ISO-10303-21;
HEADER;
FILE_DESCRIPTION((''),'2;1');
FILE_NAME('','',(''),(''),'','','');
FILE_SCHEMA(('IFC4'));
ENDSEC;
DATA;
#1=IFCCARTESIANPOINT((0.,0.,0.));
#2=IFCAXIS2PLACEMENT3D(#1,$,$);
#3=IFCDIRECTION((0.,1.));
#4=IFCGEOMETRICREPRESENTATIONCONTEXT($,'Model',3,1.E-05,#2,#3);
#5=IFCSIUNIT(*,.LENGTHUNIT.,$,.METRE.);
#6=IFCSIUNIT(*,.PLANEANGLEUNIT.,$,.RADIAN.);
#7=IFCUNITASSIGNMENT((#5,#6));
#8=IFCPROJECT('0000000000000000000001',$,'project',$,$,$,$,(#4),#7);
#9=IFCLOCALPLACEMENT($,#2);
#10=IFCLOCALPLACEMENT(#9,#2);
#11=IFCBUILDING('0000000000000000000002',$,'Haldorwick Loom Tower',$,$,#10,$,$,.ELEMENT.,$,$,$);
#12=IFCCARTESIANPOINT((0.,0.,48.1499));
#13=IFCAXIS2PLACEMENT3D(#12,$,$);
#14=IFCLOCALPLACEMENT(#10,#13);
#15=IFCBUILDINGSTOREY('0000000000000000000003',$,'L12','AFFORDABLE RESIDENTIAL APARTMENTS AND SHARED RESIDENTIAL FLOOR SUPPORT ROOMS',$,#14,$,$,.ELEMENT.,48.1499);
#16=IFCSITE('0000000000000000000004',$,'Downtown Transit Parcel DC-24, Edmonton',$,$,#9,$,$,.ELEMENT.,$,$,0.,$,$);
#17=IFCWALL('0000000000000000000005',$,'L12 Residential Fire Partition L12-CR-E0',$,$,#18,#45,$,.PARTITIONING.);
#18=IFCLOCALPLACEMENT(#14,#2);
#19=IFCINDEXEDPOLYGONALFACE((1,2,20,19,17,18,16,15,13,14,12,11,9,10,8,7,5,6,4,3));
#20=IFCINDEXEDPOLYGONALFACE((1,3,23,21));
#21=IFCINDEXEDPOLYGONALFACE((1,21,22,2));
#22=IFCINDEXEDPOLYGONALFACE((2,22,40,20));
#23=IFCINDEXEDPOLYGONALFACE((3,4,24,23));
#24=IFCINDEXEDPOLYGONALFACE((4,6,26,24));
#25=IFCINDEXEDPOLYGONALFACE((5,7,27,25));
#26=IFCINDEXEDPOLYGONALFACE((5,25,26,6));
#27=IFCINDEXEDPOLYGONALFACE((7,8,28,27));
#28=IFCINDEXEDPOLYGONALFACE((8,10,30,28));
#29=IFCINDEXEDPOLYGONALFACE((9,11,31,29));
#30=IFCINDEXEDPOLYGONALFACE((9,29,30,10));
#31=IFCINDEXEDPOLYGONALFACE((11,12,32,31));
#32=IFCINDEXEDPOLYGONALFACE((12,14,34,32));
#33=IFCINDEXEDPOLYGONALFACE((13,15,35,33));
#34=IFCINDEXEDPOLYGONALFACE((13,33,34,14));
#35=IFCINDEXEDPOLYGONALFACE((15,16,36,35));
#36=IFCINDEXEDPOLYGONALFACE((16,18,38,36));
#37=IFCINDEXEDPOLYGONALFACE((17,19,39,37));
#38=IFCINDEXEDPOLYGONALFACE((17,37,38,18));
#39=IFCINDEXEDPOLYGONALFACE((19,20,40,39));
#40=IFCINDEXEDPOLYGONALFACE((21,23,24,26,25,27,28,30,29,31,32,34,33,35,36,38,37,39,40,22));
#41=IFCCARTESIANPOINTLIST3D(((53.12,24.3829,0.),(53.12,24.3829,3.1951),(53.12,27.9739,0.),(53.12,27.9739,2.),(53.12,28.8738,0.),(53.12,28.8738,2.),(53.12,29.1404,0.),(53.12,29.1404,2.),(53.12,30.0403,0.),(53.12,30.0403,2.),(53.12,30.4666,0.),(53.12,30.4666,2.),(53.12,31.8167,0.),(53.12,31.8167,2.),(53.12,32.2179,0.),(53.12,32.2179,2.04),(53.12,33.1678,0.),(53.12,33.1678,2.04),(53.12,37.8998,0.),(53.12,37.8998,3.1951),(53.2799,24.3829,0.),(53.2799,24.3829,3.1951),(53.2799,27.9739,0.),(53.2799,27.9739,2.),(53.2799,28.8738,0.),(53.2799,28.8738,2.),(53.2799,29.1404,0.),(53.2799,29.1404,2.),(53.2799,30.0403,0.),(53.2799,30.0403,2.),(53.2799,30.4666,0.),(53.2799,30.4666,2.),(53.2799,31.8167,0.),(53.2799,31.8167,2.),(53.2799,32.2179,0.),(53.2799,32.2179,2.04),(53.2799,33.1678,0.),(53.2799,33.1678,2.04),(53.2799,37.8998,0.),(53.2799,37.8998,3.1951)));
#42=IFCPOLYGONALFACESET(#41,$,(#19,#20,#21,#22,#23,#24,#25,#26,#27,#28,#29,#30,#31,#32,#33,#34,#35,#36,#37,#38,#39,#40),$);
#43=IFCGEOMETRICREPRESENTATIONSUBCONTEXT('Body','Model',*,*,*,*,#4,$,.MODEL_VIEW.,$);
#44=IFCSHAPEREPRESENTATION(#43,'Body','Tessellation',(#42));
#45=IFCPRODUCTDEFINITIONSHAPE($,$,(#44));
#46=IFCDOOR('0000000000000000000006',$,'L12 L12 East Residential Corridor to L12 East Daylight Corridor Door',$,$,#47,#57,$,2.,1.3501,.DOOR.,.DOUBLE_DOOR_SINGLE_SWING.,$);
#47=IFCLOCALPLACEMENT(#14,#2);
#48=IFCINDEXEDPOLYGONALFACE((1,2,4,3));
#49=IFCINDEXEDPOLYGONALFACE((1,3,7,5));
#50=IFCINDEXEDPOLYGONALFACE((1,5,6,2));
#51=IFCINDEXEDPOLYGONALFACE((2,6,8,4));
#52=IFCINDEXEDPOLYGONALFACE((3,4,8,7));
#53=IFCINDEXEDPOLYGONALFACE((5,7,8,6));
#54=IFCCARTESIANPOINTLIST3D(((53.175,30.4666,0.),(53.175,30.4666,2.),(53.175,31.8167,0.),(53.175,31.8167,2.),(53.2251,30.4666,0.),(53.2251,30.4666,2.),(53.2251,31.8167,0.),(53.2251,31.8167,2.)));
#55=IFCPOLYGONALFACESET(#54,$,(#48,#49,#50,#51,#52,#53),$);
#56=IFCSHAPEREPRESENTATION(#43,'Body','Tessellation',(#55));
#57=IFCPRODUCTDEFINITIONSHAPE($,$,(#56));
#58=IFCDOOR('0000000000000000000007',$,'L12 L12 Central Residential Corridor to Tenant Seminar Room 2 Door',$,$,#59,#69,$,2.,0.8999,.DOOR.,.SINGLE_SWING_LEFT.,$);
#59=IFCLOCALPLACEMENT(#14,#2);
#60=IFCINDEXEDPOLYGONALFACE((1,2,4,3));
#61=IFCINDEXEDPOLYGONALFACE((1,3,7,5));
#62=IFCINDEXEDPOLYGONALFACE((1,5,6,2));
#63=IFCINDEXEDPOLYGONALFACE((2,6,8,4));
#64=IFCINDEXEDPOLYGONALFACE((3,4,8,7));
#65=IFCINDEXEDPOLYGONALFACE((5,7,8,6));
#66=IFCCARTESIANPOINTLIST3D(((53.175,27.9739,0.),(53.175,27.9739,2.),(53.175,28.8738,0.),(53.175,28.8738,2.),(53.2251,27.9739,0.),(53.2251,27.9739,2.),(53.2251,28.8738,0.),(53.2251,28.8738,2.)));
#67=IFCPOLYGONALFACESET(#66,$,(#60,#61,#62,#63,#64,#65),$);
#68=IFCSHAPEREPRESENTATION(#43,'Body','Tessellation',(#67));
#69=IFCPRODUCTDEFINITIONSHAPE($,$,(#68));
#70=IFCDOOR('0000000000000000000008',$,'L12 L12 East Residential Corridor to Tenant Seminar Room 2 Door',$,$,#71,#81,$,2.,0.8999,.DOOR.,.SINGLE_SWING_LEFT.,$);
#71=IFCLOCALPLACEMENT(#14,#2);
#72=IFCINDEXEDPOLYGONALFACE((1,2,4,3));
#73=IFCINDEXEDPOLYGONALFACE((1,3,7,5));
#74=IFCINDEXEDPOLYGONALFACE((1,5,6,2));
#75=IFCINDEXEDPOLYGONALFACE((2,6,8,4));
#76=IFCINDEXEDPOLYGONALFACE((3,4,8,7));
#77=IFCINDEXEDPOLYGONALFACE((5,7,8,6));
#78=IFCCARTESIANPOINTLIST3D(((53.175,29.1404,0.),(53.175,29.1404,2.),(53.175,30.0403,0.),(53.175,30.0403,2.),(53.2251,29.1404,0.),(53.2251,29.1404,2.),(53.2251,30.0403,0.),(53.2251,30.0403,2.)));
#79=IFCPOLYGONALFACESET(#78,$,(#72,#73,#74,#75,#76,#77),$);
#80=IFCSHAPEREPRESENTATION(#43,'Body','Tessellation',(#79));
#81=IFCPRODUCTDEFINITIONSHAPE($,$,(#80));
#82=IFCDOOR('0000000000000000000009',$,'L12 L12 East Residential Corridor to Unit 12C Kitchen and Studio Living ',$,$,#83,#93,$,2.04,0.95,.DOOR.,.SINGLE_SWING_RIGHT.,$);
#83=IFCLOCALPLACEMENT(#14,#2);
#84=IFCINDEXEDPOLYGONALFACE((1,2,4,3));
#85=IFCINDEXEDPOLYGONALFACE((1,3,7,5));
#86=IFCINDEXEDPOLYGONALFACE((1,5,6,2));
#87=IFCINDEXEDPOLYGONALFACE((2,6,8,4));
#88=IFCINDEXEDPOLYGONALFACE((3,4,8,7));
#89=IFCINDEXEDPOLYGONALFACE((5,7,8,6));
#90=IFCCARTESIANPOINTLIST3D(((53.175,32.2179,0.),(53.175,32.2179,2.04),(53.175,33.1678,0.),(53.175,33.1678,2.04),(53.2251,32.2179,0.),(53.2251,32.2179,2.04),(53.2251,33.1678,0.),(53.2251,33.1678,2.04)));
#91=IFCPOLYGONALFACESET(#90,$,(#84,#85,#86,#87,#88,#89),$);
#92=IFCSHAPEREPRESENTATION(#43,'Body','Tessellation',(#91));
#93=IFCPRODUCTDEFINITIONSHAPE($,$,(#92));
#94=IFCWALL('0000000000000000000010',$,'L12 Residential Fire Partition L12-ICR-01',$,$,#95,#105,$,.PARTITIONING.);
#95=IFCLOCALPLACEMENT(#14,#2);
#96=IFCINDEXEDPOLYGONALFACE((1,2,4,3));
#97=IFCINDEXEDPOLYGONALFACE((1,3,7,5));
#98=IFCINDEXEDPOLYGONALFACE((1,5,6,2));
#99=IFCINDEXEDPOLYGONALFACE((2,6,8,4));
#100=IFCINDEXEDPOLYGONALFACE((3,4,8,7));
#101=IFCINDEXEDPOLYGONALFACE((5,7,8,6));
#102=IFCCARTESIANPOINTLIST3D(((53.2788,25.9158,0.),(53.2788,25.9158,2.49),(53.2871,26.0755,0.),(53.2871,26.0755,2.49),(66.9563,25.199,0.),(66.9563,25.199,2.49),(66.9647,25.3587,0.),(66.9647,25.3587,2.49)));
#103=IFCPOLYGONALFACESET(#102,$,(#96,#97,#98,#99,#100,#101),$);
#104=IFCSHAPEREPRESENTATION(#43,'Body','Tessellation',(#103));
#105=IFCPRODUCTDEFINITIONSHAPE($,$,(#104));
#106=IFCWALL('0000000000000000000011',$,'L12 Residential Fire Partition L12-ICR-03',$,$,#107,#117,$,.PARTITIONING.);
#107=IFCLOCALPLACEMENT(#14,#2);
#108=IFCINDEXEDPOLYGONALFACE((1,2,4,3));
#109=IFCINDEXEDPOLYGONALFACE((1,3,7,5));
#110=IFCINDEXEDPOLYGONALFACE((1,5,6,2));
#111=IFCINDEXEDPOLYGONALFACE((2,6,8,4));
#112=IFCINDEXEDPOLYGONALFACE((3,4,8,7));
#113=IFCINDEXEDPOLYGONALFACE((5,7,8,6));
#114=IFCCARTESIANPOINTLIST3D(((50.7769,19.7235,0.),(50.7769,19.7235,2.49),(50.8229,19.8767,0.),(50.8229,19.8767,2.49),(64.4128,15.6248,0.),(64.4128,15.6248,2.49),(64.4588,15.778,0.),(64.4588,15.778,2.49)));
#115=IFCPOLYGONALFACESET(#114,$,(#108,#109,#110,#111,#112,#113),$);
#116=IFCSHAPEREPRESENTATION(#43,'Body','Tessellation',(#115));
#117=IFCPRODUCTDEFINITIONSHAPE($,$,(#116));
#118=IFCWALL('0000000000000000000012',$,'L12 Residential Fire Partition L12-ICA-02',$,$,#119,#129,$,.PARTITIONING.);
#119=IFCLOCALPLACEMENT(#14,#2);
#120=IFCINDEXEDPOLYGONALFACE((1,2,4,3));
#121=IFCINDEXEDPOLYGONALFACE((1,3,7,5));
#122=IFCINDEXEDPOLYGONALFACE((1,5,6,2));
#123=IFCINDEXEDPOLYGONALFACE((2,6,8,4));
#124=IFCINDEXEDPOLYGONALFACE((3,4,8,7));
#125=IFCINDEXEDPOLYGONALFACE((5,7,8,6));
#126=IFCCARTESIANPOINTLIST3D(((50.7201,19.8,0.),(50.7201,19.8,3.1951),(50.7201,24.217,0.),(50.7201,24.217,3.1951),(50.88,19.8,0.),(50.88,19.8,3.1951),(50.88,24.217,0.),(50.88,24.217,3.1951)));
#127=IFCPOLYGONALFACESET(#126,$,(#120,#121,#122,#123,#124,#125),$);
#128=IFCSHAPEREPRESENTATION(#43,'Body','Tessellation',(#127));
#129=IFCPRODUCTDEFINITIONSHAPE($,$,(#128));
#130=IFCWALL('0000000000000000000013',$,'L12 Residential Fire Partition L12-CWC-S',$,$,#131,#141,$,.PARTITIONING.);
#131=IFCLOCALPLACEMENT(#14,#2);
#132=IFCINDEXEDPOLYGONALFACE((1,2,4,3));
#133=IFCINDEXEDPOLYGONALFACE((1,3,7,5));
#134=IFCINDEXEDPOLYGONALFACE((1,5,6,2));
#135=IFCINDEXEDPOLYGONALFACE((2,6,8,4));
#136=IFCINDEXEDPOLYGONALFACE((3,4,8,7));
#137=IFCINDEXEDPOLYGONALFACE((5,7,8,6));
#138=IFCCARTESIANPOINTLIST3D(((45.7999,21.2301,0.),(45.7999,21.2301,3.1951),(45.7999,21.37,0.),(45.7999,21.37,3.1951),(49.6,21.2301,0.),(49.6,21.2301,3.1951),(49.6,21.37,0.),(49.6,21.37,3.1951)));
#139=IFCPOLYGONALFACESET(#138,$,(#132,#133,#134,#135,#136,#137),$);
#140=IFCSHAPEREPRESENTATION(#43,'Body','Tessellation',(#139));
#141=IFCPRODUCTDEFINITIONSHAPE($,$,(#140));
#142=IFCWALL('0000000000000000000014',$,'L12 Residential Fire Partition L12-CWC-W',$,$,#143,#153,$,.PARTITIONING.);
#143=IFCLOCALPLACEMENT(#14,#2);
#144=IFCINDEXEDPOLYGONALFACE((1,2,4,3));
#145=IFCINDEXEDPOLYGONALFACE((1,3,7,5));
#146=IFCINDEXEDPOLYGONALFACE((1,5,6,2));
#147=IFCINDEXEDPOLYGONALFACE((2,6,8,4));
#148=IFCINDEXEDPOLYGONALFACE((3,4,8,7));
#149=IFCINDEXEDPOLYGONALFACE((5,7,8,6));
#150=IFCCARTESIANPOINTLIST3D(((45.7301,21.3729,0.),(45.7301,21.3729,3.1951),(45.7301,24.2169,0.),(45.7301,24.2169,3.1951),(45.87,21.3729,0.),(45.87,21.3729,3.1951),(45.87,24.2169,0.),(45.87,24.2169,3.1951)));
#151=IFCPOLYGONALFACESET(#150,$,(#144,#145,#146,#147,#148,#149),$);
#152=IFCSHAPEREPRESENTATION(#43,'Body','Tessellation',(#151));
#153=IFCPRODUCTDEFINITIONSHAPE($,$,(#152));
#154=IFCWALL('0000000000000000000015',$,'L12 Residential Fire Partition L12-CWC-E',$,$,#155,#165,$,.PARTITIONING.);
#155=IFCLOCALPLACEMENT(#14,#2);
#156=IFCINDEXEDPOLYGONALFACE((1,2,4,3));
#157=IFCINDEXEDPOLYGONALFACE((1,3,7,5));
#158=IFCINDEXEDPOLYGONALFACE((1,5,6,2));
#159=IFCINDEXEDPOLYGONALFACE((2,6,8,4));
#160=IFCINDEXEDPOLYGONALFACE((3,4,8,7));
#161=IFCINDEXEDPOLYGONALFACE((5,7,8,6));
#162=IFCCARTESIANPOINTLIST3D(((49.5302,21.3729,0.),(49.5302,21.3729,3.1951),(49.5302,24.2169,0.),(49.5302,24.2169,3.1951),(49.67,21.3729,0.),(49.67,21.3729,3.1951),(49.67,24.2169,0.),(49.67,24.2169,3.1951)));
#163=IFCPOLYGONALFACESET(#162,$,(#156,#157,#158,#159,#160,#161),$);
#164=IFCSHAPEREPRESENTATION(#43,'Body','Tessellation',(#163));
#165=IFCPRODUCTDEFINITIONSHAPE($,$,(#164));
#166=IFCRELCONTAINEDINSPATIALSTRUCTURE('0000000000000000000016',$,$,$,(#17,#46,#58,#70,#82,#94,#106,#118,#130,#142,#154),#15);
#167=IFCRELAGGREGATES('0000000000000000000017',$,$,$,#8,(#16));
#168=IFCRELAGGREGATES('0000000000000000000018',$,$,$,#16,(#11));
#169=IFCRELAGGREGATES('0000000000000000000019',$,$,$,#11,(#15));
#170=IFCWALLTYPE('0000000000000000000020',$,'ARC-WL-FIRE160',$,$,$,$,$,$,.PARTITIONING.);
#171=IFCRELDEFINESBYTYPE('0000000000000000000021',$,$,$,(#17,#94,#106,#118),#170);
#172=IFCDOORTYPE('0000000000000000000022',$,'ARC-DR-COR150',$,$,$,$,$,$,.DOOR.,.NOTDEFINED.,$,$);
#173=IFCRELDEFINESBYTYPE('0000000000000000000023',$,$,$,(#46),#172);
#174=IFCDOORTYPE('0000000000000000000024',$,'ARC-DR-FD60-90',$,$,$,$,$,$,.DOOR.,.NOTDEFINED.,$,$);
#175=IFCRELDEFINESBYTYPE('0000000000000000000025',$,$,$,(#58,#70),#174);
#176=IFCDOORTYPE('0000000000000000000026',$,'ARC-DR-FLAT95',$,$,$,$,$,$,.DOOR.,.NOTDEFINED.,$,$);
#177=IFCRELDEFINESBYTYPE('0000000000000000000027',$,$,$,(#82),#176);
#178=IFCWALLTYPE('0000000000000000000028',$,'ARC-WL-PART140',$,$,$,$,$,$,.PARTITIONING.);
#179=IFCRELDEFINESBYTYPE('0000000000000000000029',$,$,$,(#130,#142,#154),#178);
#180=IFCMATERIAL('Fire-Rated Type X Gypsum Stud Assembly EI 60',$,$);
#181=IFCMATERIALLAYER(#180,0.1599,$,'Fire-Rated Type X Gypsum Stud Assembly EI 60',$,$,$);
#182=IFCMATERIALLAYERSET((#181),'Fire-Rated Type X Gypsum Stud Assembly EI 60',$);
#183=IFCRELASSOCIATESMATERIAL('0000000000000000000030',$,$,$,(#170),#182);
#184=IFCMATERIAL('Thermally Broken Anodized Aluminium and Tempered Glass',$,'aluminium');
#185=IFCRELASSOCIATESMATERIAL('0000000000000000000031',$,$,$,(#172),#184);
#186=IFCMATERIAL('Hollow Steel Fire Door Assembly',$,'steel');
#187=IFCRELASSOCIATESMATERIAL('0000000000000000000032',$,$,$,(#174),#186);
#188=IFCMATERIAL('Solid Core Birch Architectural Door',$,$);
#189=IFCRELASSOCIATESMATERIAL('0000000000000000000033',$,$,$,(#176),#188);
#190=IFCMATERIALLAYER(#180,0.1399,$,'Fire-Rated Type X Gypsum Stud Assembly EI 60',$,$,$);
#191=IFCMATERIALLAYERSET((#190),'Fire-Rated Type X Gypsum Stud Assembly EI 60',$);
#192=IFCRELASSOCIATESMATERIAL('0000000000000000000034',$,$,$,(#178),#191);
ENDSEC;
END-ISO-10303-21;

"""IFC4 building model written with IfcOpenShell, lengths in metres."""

from ifc_helpers import new_model, si_unit, direction, frame, frame_2d, origin, place, context, subcontext, project, spatial, rectangle, extrude, material, layer, layer_set, type_object, element, fill, save


model = new_model("IFC4")

# Units and contexts
model_context = context("Model", 3, precision=1e-05, world=origin(), true_north=direction((0.0, 1.0)))
body_context = subcontext(model_context, "Body", "Model", "MODEL_VIEW")
ifc_project = project(units=[si_unit("LENGTHUNIT", "METRE"), si_unit("PLANEANGLEUNIT", "RADIAN")], contexts=[model_context])

# Site, building, storey
site_placement = place(None, origin())
site = spatial("IfcSite", under=ifc_project, at=site_placement, Name="Downtown Transit Parcel DC-24, Edmonton", CompositionType="ELEMENT", RefElevation=0.0)
building_placement = place(site_placement, origin())
building = spatial("IfcBuilding", under=site, at=building_placement, Name="Haldorwick Loom Tower", CompositionType="ELEMENT")
storey_placement = place(building_placement, frame((0.0, 0.0, 48.1499)))
storey = spatial("IfcBuildingStorey", under=building, at=storey_placement, Name="L12", Description="AFFORDABLE RESIDENTIAL APARTMENTS AND SHARED RESIDENTIAL FLOOR SUPPORT ROOMS", CompositionType="ELEMENT", Elevation=48.1499)

# Wall, openings, doors
ifc_material_1 = material(Name="Fire-Rated Type X Gypsum Stud Assembly EI 60")
ifc_layer_1 = layer(ifc_material_1, 0.1599, Name="Fire-Rated Type X Gypsum Stud Assembly EI 60")
ifc_layer_set_1 = layer_set([ifc_layer_1], Name="Fire-Rated Type X Gypsum Stud Assembly EI 60")
wall_type_1 = type_object("IfcWallType", Name="ARC-WL-FIRE160", PredefinedType="PARTITIONING", material=ifc_layer_set_1)
wall_1_placement = place(storey_placement, frame((53.2, 24.3831, 0.0), z_axis=(0.0, 0.0, 1.0), x_axis=(0.0, 1.0, 0.0)))
wall_1 = element("IfcWall", 1, at=wall_1_placement, inside=storey, type_object=wall_type_1, Name="L12 Residential Fire Partition L12-CR-E0", PredefinedType="PARTITIONING", context=body_context, shape_type="SweptSolid", body=[
    extrude(rectangle(XDim=13.5168, YDim=0.1599, at=frame_2d((6.7583, 0.0))), origin(), (0.0, 0.0, 1.0), 3.1951),
])
opening_1_placement = place(wall_1_placement, frame((6.0835, 0.0, 0.0)))
opening_1 = element("IfcOpeningElement", 2, at=opening_1_placement, cuts=wall_1, PredefinedType="OPENING", context=body_context, shape_type="SweptSolid", body=[
    extrude(rectangle(XDim=1.3501, YDim=2.0, at=frame_2d((0.675, 1.0))), frame((0.0, 0.0898, 0.0), z_axis=(0.0, -1.0, 0.0), x_axis=(1.0, 0.0, 0.0)), (0.0, 0.0, 1.0), 0.1799),
])
opening_2_placement = place(wall_1_placement, frame((3.5908, 0.0, 0.0)))
opening_2 = element("IfcOpeningElement", 3, at=opening_2_placement, cuts=wall_1, PredefinedType="OPENING", context=body_context, shape_type="SweptSolid", body=[
    extrude(rectangle(XDim=0.8999, YDim=2.0, at=frame_2d((0.45, 1.0))), frame((0.0, 0.0898, 0.0), z_axis=(0.0, -1.0, 0.0), x_axis=(1.0, 0.0, 0.0)), (0.0, 0.0, 1.0), 0.1799),
])
opening_3_placement = place(wall_1_placement, frame((4.7573, 0.0, 0.0)))
opening_3 = element("IfcOpeningElement", 4, at=opening_3_placement, cuts=wall_1, PredefinedType="OPENING", context=body_context, shape_type="SweptSolid", body=[
    extrude(rectangle(XDim=0.8999, YDim=2.0, at=frame_2d((0.45, 1.0))), frame((0.0, 0.0898, 0.0), z_axis=(0.0, -1.0, 0.0), x_axis=(1.0, 0.0, 0.0)), (0.0, 0.0, 1.0), 0.1799),
])
opening_4_placement = place(wall_1_placement, frame((7.8347, 0.0, 0.0)))
opening_4 = element("IfcOpeningElement", 5, at=opening_4_placement, cuts=wall_1, PredefinedType="OPENING", context=body_context, shape_type="SweptSolid", body=[
    extrude(rectangle(XDim=0.95, YDim=2.04, at=frame_2d((0.4751, 1.02))), frame((0.0, 0.0898, 0.0), z_axis=(0.0, -1.0, 0.0), x_axis=(1.0, 0.0, 0.0)), (0.0, 0.0, 1.0), 0.1799),
])
ifc_material_2 = material(Name="Thermally Broken Anodized Aluminium and Tempered Glass", Category="aluminium")
door_type_1 = type_object("IfcDoorType", Name="ARC-DR-COR150", OperationType="NOTDEFINED", PredefinedType="DOOR", material=ifc_material_2)
door_1_placement = place(opening_1_placement, origin())
door_1 = element("IfcDoor", 6, at=door_1_placement, inside=storey, type_object=door_type_1, Name="L12 L12 East Residential Corridor to L12 East Daylight Corridor Door", OperationType="DOUBLE_DOOR_SINGLE_SWING", OverallHeight=2.0, OverallWidth=1.3501, PredefinedType="DOOR", context=body_context, shape_type="SweptSolid", body=[
    extrude(rectangle(XDim=1.3501, YDim=2.0, at=frame_2d((0.675, 1.0))), frame((0.0, 0.0249, 0.0), z_axis=(0.0, -1.0, 0.0), x_axis=(1.0, 0.0, 0.0)), (0.0, 0.0, 1.0), 0.05),
])
fill(opening_1, door_1)
ifc_material_3 = material(Name="Hollow Steel Fire Door Assembly", Category="steel")
door_type_2 = type_object("IfcDoorType", Name="ARC-DR-FD60-90", OperationType="NOTDEFINED", PredefinedType="DOOR", material=ifc_material_3)
door_2_placement = place(opening_2_placement, origin())
door_2 = element("IfcDoor", 7, at=door_2_placement, inside=storey, type_object=door_type_2, Name="L12 L12 Central Residential Corridor to Tenant Seminar Room 2 Door", OperationType="SINGLE_SWING_LEFT", OverallHeight=2.0, OverallWidth=0.8999, PredefinedType="DOOR", context=body_context, shape_type="SweptSolid", body=[
    extrude(rectangle(XDim=0.8999, YDim=2.0, at=frame_2d((0.45, 1.0))), frame((0.0, 0.0249, 0.0), z_axis=(0.0, -1.0, 0.0), x_axis=(1.0, 0.0, 0.0)), (0.0, 0.0, 1.0), 0.05),
])
fill(opening_2, door_2)
door_3_placement = place(opening_3_placement, origin())
door_3 = element("IfcDoor", 8, at=door_3_placement, inside=storey, type_object=door_type_2, Name="L12 L12 East Residential Corridor to Tenant Seminar Room 2 Door", OperationType="SINGLE_SWING_LEFT", OverallHeight=2.0, OverallWidth=0.8999, PredefinedType="DOOR", context=body_context, shape_type="SweptSolid", body=[
    extrude(rectangle(XDim=0.8999, YDim=2.0, at=frame_2d((0.45, 1.0))), frame((0.0, 0.0249, 0.0), z_axis=(0.0, -1.0, 0.0), x_axis=(1.0, 0.0, 0.0)), (0.0, 0.0, 1.0), 0.05),
])
fill(opening_3, door_3)
ifc_material_4 = material(Name="Solid Core Birch Architectural Door")
door_type_3 = type_object("IfcDoorType", Name="ARC-DR-FLAT95", OperationType="NOTDEFINED", PredefinedType="DOOR", material=ifc_material_4)
door_4_placement = place(opening_4_placement, origin())
door_4 = element("IfcDoor", 9, at=door_4_placement, inside=storey, type_object=door_type_3, Name="L12 L12 East Residential Corridor to Unit 12C Kitchen and Studio Living ", OperationType="SINGLE_SWING_RIGHT", OverallHeight=2.04, OverallWidth=0.95, PredefinedType="DOOR", context=body_context, shape_type="SweptSolid", body=[
    extrude(rectangle(XDim=0.95, YDim=2.04, at=frame_2d((0.4751, 1.02))), frame((0.0, 0.0249, 0.0), z_axis=(0.0, -1.0, 0.0), x_axis=(1.0, 0.0, 0.0)), (0.0, 0.0, 1.0), 0.05),
])
fill(opening_4, door_4)

# Walls
wall_2_placement = place(storey_placement, frame((53.283, 25.9956, 0.0), z_axis=(0.0, 0.0, 1.0), x_axis=(0.99863, -0.052335, 0.0)))
element("IfcWall", 10, at=wall_2_placement, inside=storey, type_object=wall_type_1, Name="L12 Residential Fire Partition L12-ICR-01", PredefinedType="PARTITIONING", context=body_context, shape_type="SweptSolid", body=[
    extrude(rectangle(XDim=13.6963, YDim=0.1599, at=frame_2d((6.8481, 0.0))), origin(), (0.0, 0.0, 1.0), 2.49),
])
wall_3_placement = place(storey_placement, frame((50.8, 19.8, 0.0), z_axis=(0.0, 0.0, 1.0), x_axis=(0.957673, -0.287858, 0.0)))
element("IfcWall", 11, at=wall_3_placement, inside=storey, type_object=wall_type_1, Name="L12 Residential Fire Partition L12-ICR-03", PredefinedType="PARTITIONING", context=body_context, shape_type="SweptSolid", body=[
    extrude(rectangle(XDim=14.2385, YDim=0.1599, at=frame_2d((7.1191, 0.0))), origin(), (0.0, 0.0, 1.0), 2.49),
])
wall_4_placement = place(storey_placement, frame((50.8, 24.217, 0.0), z_axis=(0.0, 0.0, 1.0), x_axis=(0.0, -1.0, 0.0)))
element("IfcWall", 12, at=wall_4_placement, inside=storey, type_object=wall_type_1, Name="L12 Residential Fire Partition L12-ICA-02", PredefinedType="PARTITIONING", context=body_context, shape_type="SweptSolid", body=[
    extrude(rectangle(XDim=4.417, YDim=0.1599, at=frame_2d((2.2085, 0.0))), origin(), (0.0, 0.0, 1.0), 3.1951),
])
ifc_layer_2 = layer(ifc_material_1, 0.1399, Name="Fire-Rated Type X Gypsum Stud Assembly EI 60")
ifc_layer_set_2 = layer_set([ifc_layer_2], Name="Fire-Rated Type X Gypsum Stud Assembly EI 60")
wall_type_2 = type_object("IfcWallType", Name="ARC-WL-PART140", PredefinedType="PARTITIONING", material=ifc_layer_set_2)
wall_5_placement = place(storey_placement, frame((45.8, 21.3, 0.0), z_axis=(0.0, 0.0, 1.0), x_axis=(1.0, 0.0, 0.0)))
element("IfcWall", 13, at=wall_5_placement, inside=storey, type_object=wall_type_2, Name="L12 Residential Fire Partition L12-CWC-S", PredefinedType="PARTITIONING", context=body_context, shape_type="SweptSolid", body=[
    extrude(rectangle(XDim=3.8, YDim=0.1399, at=frame_2d((1.8999, 0.0))), origin(), (0.0, 0.0, 1.0), 3.1951),
])
for number, where, z_axis, x_axis, name in (
    (14, (45.8, 21.373, 0.0), (0.0, 0.0, 1.0), (0.0, 1.0, 0.0), "L12 Residential Fire Partition L12-CWC-W"),
    (15, (49.6001, 21.373, 0.0), (0.0, 0.0, 1.0), (0.0, 1.0, 0.0), "L12 Residential Fire Partition L12-CWC-E"),
):
    element("IfcWall", number, at=place(storey_placement, frame(where, z_axis=z_axis, x_axis=x_axis)), inside=storey, type_object=wall_type_2, Name=name, PredefinedType="PARTITIONING", context=body_context, shape_type="SweptSolid", body=[
        extrude(rectangle(XDim=2.844, YDim=0.1399, at=frame_2d((1.4219, 0.0))), origin(), (0.0, 0.0, 1.0), 3.1951),
    ])

save(model, "model.ifc")
